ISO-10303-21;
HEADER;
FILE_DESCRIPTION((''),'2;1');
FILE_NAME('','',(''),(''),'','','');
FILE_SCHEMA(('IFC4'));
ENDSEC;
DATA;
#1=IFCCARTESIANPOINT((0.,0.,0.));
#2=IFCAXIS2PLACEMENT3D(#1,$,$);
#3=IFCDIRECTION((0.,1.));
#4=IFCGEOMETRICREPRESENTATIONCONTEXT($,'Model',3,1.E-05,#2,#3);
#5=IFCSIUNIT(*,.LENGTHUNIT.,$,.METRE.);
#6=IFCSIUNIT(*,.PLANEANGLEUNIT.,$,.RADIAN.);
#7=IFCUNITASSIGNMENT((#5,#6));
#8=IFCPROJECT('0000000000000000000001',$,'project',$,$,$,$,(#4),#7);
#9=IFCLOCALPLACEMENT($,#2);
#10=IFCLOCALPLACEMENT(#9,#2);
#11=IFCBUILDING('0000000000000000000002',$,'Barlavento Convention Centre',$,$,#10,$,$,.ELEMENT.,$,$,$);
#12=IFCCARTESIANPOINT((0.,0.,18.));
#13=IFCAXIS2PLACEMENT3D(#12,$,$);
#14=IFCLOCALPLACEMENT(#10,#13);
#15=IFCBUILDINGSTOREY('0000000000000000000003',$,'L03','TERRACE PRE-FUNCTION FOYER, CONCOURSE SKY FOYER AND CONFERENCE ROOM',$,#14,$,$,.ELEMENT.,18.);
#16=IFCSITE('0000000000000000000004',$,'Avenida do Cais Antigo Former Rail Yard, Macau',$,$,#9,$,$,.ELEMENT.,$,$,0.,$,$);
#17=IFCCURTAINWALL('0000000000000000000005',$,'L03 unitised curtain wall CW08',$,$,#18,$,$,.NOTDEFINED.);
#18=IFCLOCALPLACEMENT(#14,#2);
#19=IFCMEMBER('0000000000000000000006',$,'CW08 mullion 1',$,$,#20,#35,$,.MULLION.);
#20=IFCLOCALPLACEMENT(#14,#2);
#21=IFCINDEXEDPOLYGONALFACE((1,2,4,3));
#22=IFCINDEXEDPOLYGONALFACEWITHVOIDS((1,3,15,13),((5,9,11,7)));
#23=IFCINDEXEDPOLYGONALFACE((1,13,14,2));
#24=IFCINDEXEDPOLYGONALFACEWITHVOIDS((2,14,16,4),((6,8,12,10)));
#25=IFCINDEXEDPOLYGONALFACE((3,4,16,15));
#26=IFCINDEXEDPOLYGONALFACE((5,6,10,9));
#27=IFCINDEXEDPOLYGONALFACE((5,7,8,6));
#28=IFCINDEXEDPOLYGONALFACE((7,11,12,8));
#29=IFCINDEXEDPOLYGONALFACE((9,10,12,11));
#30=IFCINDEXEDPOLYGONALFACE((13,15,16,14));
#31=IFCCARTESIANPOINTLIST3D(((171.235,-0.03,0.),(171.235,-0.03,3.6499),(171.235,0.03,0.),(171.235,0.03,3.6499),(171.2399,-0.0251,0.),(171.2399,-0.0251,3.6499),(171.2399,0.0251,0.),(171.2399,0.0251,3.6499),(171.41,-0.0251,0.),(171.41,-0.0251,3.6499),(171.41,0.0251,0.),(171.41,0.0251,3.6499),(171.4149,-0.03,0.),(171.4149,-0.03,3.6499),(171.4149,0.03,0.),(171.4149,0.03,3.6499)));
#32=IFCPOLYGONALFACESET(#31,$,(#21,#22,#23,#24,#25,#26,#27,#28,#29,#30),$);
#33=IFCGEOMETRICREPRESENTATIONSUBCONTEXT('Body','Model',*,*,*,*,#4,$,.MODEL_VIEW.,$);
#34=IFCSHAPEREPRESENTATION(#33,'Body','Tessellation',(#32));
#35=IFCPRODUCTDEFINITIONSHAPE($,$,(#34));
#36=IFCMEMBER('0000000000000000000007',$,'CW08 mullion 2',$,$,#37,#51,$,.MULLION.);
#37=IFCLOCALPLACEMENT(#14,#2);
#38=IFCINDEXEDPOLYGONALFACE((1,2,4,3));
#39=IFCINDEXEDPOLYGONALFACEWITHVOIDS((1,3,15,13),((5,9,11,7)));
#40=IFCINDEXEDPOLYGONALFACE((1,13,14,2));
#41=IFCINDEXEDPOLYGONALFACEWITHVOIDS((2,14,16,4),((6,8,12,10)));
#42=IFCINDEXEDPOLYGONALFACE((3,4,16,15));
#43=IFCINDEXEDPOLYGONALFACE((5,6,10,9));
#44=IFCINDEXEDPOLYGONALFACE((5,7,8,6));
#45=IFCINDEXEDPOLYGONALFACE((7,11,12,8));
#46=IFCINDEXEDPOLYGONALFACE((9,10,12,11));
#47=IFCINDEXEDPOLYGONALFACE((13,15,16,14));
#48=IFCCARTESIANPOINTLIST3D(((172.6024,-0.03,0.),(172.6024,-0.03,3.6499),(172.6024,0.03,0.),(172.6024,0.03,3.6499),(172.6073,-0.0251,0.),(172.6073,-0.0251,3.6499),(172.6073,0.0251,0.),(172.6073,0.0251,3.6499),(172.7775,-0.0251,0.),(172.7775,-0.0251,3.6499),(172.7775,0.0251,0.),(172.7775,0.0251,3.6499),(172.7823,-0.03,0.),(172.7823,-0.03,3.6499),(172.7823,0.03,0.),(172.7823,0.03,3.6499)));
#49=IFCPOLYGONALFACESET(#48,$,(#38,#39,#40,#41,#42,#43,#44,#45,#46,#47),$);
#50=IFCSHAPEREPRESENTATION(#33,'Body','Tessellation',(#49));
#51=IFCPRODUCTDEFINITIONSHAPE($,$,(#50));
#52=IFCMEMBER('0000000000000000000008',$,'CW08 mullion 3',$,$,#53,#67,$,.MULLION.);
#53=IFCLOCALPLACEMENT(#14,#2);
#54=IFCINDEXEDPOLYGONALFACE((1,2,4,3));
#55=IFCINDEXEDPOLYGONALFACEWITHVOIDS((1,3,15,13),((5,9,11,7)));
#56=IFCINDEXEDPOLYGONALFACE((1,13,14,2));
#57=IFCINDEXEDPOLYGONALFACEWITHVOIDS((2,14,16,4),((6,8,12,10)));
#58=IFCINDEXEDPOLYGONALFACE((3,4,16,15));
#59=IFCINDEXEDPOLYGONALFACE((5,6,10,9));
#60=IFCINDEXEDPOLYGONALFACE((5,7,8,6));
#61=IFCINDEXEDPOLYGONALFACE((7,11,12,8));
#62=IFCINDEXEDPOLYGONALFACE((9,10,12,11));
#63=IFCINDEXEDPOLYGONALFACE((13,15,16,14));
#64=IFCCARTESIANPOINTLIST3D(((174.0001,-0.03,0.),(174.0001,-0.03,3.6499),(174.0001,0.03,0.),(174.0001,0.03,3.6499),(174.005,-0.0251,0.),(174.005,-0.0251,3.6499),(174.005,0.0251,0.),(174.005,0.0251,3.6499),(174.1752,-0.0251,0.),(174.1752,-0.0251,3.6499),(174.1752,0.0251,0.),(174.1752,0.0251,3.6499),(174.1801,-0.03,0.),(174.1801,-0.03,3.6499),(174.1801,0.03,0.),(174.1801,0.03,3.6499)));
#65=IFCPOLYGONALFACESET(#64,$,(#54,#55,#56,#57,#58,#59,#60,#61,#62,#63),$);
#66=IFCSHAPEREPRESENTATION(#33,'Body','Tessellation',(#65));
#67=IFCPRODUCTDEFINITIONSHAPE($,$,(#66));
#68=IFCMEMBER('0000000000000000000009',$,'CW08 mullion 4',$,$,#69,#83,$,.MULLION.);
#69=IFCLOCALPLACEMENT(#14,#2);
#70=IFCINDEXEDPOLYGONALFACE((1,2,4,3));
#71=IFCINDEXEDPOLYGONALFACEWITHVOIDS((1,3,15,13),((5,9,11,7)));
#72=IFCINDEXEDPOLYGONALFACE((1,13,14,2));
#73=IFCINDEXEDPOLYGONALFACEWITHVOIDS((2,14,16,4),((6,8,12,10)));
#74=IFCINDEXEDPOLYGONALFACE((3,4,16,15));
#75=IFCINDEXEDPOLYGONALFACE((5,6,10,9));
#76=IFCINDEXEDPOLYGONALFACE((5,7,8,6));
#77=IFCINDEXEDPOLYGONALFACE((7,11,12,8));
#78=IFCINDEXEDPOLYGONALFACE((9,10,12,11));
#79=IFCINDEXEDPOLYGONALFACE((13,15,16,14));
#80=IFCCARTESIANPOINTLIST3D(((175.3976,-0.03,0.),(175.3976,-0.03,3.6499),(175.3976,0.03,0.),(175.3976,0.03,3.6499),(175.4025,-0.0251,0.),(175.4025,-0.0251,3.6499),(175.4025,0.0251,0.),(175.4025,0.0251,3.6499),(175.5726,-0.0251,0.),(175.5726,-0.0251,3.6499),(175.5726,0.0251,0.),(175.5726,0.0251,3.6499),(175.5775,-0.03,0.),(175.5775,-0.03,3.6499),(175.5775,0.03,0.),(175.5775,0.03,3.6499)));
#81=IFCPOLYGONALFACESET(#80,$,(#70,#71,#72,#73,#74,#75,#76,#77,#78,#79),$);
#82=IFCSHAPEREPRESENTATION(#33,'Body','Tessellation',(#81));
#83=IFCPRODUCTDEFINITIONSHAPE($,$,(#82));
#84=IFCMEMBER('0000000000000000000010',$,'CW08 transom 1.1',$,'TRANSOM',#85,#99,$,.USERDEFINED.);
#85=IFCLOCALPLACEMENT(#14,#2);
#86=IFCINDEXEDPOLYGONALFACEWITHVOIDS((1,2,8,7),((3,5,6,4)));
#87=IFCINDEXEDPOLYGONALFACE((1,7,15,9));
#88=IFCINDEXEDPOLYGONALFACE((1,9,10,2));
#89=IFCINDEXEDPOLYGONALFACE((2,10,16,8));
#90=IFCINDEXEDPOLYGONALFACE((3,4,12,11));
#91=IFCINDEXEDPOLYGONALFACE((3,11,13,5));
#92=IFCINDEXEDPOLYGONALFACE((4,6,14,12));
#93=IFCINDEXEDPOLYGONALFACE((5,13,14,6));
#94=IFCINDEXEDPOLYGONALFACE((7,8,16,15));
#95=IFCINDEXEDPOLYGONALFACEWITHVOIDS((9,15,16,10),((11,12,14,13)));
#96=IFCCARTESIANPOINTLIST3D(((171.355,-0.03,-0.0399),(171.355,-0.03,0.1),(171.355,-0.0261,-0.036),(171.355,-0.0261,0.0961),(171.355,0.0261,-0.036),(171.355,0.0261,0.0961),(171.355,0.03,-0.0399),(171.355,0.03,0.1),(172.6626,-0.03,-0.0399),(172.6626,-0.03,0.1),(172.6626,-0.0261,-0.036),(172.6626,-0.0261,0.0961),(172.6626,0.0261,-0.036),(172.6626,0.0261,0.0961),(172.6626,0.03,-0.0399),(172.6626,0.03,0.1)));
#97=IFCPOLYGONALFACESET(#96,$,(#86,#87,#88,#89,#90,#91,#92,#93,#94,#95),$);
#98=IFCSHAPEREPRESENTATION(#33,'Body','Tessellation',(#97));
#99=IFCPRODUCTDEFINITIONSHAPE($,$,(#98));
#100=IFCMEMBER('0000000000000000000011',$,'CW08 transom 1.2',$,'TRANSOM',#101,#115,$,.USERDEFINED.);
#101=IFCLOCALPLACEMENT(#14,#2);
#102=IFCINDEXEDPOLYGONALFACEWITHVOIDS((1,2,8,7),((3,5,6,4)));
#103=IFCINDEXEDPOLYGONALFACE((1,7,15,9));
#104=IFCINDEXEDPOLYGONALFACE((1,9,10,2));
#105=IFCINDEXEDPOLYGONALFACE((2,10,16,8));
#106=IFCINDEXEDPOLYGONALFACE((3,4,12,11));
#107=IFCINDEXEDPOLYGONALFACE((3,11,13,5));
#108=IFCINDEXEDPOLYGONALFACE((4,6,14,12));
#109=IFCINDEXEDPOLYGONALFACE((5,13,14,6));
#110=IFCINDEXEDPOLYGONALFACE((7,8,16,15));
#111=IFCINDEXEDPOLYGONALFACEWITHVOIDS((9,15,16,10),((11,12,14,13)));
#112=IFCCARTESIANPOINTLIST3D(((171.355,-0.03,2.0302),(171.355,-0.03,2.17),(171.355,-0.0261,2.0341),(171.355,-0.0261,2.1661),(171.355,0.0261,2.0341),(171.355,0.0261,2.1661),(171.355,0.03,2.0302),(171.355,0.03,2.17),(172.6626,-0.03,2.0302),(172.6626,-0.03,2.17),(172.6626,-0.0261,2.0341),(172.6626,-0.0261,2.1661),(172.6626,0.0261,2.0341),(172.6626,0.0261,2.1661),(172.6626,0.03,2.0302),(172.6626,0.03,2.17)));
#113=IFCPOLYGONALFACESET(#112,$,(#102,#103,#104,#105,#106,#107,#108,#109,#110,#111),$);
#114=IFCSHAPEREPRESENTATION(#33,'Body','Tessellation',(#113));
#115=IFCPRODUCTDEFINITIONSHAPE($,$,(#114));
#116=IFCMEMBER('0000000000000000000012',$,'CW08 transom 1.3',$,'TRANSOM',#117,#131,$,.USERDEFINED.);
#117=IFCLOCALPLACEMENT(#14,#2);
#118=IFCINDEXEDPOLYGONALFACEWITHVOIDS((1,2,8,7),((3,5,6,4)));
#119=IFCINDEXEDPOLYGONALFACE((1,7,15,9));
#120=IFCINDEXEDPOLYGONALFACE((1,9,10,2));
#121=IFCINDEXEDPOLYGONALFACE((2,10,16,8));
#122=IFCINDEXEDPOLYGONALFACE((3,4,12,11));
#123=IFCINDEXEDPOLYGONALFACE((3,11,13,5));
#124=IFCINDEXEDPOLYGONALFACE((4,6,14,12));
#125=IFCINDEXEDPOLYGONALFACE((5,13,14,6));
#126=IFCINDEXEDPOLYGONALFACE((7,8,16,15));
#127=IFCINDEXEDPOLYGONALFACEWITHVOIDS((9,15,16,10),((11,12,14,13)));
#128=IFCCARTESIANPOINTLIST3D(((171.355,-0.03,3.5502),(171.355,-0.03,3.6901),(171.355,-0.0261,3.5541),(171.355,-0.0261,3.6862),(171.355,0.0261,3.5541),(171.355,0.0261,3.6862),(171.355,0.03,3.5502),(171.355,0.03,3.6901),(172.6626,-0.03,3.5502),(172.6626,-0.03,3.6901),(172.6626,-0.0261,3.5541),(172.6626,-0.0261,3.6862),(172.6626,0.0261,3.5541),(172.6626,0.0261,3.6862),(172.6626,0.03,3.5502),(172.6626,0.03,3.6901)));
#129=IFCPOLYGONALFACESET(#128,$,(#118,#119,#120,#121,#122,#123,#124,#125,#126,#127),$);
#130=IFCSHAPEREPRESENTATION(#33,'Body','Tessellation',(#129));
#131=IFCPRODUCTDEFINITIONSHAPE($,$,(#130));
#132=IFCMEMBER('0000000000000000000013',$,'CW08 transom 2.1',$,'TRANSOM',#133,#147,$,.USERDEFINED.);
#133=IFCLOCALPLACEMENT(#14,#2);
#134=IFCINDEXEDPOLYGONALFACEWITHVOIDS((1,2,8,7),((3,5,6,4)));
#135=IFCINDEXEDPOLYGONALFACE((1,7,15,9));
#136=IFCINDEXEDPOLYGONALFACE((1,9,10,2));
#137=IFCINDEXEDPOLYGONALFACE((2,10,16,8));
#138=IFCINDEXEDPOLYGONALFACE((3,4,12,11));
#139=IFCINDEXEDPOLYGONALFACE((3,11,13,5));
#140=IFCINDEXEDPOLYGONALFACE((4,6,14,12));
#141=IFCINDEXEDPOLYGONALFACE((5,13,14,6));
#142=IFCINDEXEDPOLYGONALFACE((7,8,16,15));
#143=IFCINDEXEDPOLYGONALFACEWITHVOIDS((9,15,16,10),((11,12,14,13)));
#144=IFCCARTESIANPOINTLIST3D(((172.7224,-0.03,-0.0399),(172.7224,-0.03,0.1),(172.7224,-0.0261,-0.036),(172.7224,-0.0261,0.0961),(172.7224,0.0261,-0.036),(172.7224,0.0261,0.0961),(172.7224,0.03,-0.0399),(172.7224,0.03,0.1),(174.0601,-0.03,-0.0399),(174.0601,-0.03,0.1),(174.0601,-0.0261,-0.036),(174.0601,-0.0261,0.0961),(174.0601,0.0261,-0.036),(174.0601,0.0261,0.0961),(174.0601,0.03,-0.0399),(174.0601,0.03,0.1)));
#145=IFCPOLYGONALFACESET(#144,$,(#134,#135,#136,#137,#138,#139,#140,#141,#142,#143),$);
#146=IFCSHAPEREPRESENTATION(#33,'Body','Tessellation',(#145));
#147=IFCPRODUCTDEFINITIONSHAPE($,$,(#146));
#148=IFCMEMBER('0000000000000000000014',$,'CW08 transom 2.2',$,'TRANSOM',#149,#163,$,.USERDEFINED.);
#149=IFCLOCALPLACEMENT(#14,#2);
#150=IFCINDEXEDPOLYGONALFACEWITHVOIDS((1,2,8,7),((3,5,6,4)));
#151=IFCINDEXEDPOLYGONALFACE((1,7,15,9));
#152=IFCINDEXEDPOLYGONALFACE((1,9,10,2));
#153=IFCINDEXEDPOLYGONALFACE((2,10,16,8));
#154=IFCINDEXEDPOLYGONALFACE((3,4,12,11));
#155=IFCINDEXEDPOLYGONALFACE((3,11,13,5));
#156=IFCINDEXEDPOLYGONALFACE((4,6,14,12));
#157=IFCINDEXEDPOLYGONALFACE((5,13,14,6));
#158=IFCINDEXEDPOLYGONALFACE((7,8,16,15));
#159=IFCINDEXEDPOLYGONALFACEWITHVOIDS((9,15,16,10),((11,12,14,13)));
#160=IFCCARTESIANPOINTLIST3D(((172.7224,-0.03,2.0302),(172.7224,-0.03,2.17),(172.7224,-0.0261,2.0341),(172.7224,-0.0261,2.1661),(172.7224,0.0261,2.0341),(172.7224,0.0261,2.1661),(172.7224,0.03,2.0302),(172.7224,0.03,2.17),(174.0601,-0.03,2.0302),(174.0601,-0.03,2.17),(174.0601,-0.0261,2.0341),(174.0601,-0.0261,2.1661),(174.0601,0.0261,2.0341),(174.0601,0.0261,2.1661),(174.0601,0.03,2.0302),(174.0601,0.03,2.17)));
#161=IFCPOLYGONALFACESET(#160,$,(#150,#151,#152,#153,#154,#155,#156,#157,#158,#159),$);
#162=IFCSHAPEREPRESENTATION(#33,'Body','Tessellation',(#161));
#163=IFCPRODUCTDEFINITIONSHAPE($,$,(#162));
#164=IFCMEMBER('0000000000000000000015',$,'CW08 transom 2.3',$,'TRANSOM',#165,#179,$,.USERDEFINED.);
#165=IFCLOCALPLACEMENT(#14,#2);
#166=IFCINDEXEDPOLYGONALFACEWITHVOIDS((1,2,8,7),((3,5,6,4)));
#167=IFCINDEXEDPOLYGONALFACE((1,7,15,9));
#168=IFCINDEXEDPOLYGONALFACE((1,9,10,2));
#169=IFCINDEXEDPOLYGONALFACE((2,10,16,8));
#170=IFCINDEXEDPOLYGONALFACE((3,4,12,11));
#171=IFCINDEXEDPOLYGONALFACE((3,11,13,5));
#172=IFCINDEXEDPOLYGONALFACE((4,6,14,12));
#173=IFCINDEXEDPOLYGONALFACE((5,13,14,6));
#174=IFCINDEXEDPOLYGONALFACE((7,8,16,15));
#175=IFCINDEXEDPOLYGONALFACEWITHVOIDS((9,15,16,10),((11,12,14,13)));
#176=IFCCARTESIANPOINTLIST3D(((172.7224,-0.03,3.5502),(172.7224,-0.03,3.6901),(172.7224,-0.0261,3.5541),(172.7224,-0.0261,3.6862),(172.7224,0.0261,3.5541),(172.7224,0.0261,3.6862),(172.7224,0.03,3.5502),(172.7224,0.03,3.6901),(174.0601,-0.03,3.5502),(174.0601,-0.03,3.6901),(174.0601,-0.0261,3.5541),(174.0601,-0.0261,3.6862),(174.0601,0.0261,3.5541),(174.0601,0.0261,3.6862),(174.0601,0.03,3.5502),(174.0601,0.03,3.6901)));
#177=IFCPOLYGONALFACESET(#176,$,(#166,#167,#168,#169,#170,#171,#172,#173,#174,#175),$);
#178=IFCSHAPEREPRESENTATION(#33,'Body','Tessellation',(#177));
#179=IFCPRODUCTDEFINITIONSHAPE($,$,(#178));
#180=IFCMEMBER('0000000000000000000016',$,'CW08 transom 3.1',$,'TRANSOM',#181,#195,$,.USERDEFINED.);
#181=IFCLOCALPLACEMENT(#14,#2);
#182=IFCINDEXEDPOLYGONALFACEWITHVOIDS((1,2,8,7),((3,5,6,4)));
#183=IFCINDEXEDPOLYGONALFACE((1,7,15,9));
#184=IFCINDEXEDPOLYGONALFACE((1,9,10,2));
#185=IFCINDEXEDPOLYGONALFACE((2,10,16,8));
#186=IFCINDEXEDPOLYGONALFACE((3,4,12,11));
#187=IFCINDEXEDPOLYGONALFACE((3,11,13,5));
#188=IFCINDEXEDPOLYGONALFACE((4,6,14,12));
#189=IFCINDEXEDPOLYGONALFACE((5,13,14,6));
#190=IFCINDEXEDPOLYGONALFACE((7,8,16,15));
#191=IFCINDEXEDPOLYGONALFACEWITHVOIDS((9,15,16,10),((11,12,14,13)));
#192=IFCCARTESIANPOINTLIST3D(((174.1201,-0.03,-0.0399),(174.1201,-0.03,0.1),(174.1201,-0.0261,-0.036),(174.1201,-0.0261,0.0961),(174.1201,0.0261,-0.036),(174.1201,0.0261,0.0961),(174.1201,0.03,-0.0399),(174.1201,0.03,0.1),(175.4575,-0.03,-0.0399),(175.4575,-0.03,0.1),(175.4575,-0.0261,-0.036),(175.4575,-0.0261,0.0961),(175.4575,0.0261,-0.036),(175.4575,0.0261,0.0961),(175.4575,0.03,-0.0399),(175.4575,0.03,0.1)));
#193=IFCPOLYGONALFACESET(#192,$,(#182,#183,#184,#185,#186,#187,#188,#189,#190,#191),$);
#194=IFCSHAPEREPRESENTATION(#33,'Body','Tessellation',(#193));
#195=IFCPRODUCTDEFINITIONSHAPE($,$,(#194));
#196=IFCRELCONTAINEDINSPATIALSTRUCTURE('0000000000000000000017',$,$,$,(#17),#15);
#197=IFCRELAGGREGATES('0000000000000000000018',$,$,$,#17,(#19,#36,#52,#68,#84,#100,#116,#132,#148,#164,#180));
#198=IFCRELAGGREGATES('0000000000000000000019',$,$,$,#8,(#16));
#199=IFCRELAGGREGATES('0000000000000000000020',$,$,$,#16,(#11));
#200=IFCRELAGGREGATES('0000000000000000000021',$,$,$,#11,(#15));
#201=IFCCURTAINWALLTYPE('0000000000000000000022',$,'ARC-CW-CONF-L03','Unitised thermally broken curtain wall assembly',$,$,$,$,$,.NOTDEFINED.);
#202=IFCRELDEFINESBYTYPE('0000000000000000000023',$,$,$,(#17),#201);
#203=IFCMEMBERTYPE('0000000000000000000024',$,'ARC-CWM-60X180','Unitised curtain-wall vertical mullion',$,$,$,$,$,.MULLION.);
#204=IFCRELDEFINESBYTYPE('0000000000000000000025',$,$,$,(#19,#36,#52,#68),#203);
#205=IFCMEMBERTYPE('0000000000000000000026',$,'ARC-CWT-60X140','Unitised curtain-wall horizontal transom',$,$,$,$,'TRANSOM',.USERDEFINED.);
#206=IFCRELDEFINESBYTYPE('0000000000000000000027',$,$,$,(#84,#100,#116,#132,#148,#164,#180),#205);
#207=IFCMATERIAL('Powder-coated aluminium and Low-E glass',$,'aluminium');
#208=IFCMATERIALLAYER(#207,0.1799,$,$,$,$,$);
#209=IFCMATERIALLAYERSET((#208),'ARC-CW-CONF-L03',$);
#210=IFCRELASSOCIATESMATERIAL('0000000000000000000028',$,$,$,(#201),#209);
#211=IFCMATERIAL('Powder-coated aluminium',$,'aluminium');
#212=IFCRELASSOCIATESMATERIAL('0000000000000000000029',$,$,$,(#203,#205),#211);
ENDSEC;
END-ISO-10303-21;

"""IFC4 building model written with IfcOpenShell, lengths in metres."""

from ifc_helpers import new_model, si_unit, direction, frame, origin, origin_2d, place, context, subcontext, project, spatial, hollow_rectangle, extrude, material, layer, layer_set, material_profile, profile_set, type_object, element, aggregate, save


model = new_model("IFC4")

# Units and contexts
model_context = context("Model", 3, precision=1e-05, world=origin(), true_north=direction((0.0, 1.0)))
body_context = subcontext(model_context, "Body", "Model", "MODEL_VIEW")
ifc_project = project(units=[si_unit("LENGTHUNIT", "METRE"), si_unit("PLANEANGLEUNIT", "RADIAN")], contexts=[model_context])

# Site, building, storey
site_placement = place(None, origin())
site = spatial("IfcSite", under=ifc_project, at=site_placement, Name="Avenida do Cais Antigo Former Rail Yard, Macau", CompositionType="ELEMENT", RefElevation=0.0)
building_placement = place(site_placement, origin())
building = spatial("IfcBuilding", under=site, at=building_placement, Name="Barlavento Convention Centre", CompositionType="ELEMENT")
storey_placement = place(building_placement, frame((0.0, 0.0, 18.0)))
storey = spatial("IfcBuildingStorey", under=building, at=storey_placement, Name="L03", Description="TERRACE PRE-FUNCTION FOYER, CONCOURSE SKY FOYER AND CONFERENCE ROOM", CompositionType="ELEMENT", Elevation=18.0)

# Curtain wall, members
ifc_material_1 = material(Name="Powder-coated aluminium and Low-E glass", Category="aluminium")
ifc_layer_1 = layer(ifc_material_1, 0.1799)
ifc_layer_set_1 = layer_set([ifc_layer_1], Name="ARC-CW-CONF-L03")
curtain_wall_type = type_object("IfcCurtainWallType", Name="ARC-CW-CONF-L03", Description="Unitised thermally broken curtain wall assembly", PredefinedType="NOTDEFINED", material=ifc_layer_set_1)
curtain_wall_placement = place(storey_placement, origin())
curtain_wall = element("IfcCurtainWall", 1, at=curtain_wall_placement, inside=storey, type_object=curtain_wall_type, Name="L03 unitised curtain wall CW08", PredefinedType="NOTDEFINED")
ifc_material_2 = material(Name="Powder-coated aluminium", Category="aluminium")
ifc_material_profile_1 = material_profile(ifc_material_2, hollow_rectangle(XDim=0.0601, YDim=0.1799, WallThickness=0.0049, at=origin_2d()), Name="AL-MULL 60x180x5")
ifc_profile_set_1 = profile_set([ifc_material_profile_1], Name="Powder-coated aluminium")
member_type_1 = type_object("IfcMemberType", Name="ARC-CWM-60X180", Description="Unitised curtain-wall vertical mullion", PredefinedType="MULLION", material=ifc_profile_set_1)
member_1_placement = place(storey_placement, frame((171.325, 0.0, 0.0), z_axis=(0.0, 0.0, 1.0), x_axis=(0.0, 1.0, 0.0)))
member_1 = element("IfcMember", 2, at=member_1_placement, type_object=member_type_1, Name="CW08 mullion 1", PredefinedType="MULLION", context=body_context, shape_type="SweptSolid", body=[
    extrude(hollow_rectangle(XDim=0.0601, YDim=0.1799, WallThickness=0.0049, at=origin_2d()), origin(), (0.0, 0.0, 1.0), 3.6499),
])
member_2_placement = place(storey_placement, frame((172.6924, 0.0, 0.0), z_axis=(0.0, 0.0, 1.0), x_axis=(0.0, 1.0, 0.0)))
member_2 = element("IfcMember", 3, at=member_2_placement, type_object=member_type_1, Name="CW08 mullion 2", PredefinedType="MULLION", context=body_context, shape_type="SweptSolid", body=[
    extrude(hollow_rectangle(XDim=0.0601, YDim=0.1799, WallThickness=0.0049, at=origin_2d()), origin(), (0.0, 0.0, 1.0), 3.6499),
])
member_3_placement = place(storey_placement, frame((174.0901, 0.0, 0.0), z_axis=(0.0, 0.0, 1.0), x_axis=(0.0, 1.0, 0.0)))
member_3 = element("IfcMember", 4, at=member_3_placement, type_object=member_type_1, Name="CW08 mullion 3", PredefinedType="MULLION", context=body_context, shape_type="SweptSolid", body=[
    extrude(hollow_rectangle(XDim=0.0601, YDim=0.1799, WallThickness=0.0049, at=origin_2d()), origin(), (0.0, 0.0, 1.0), 3.6499),
])
member_4_placement = place(storey_placement, frame((175.4875, 0.0, 0.0), z_axis=(0.0, 0.0, 1.0), x_axis=(0.0, 1.0, 0.0)))
member_4 = element("IfcMember", 5, at=member_4_placement, type_object=member_type_1, Name="CW08 mullion 4", PredefinedType="MULLION", context=body_context, shape_type="SweptSolid", body=[
    extrude(hollow_rectangle(XDim=0.0601, YDim=0.1799, WallThickness=0.0049, at=origin_2d()), origin(), (0.0, 0.0, 1.0), 3.6499),
])
ifc_material_profile_2 = material_profile(ifc_material_2, hollow_rectangle(XDim=0.0601, YDim=0.1399, WallThickness=0.0039, at=origin_2d()), Name="AL-TRAN 60x140x4")
ifc_profile_set_2 = profile_set([ifc_material_profile_2], Name="Powder-coated aluminium")
member_type_2 = type_object("IfcMemberType", Name="ARC-CWT-60X140", Description="Unitised curtain-wall horizontal transom", ElementType="TRANSOM", PredefinedType="USERDEFINED", material=ifc_profile_set_2)
member_5_placement = place(storey_placement, frame((171.355, 0.0, 0.03), z_axis=(1.0, 0.0, 0.0), x_axis=(0.0, 1.0, 0.0)))
member_5 = element("IfcMember", 6, at=member_5_placement, type_object=member_type_2, Name="CW08 transom 1.1", ObjectType="TRANSOM", PredefinedType="USERDEFINED", context=body_context, shape_type="SweptSolid", body=[
    extrude(hollow_rectangle(XDim=0.0601, YDim=0.1399, WallThickness=0.0039, at=origin_2d()), origin(), (0.0, 0.0, 1.0), 1.3076),
])
member_6_placement = place(storey_placement, frame((171.355, 0.0, 2.1001), z_axis=(1.0, 0.0, 0.0), x_axis=(0.0, 1.0, 0.0)))
member_6 = element("IfcMember", 7, at=member_6_placement, type_object=member_type_2, Name="CW08 transom 1.2", ObjectType="TRANSOM", PredefinedType="USERDEFINED", context=body_context, shape_type="SweptSolid", body=[
    extrude(hollow_rectangle(XDim=0.0601, YDim=0.1399, WallThickness=0.0039, at=origin_2d()), origin(), (0.0, 0.0, 1.0), 1.3076),
])
member_7_placement = place(storey_placement, frame((171.355, 0.0, 3.6201), z_axis=(1.0, 0.0, 0.0), x_axis=(0.0, 1.0, 0.0)))
member_7 = element("IfcMember", 8, at=member_7_placement, type_object=member_type_2, Name="CW08 transom 1.3", ObjectType="TRANSOM", PredefinedType="USERDEFINED", context=body_context, shape_type="SweptSolid", body=[
    extrude(hollow_rectangle(XDim=0.0601, YDim=0.1399, WallThickness=0.0039, at=origin_2d()), origin(), (0.0, 0.0, 1.0), 1.3076),
])
member_8_placement = place(storey_placement, frame((172.7224, 0.0, 0.03), z_axis=(1.0, 0.0, 0.0), x_axis=(0.0, 1.0, 0.0)))
member_8 = element("IfcMember", 9, at=member_8_placement, type_object=member_type_2, Name="CW08 transom 2.1", ObjectType="TRANSOM", PredefinedType="USERDEFINED", context=body_context, shape_type="SweptSolid", body=[
    extrude(hollow_rectangle(XDim=0.0601, YDim=0.1399, WallThickness=0.0039, at=origin_2d()), origin(), (0.0, 0.0, 1.0), 1.3376),
])
member_9_placement = place(storey_placement, frame((172.7224, 0.0, 2.1001), z_axis=(1.0, 0.0, 0.0), x_axis=(0.0, 1.0, 0.0)))
member_9 = element("IfcMember", 10, at=member_9_placement, type_object=member_type_2, Name="CW08 transom 2.2", ObjectType="TRANSOM", PredefinedType="USERDEFINED", context=body_context, shape_type="SweptSolid", body=[
    extrude(hollow_rectangle(XDim=0.0601, YDim=0.1399, WallThickness=0.0039, at=origin_2d()), origin(), (0.0, 0.0, 1.0), 1.3376),
])
member_10_placement = place(storey_placement, frame((172.7224, 0.0, 3.6201), z_axis=(1.0, 0.0, 0.0), x_axis=(0.0, 1.0, 0.0)))
member_10 = element("IfcMember", 11, at=member_10_placement, type_object=member_type_2, Name="CW08 transom 2.3", ObjectType="TRANSOM", PredefinedType="USERDEFINED", context=body_context, shape_type="SweptSolid", body=[
    extrude(hollow_rectangle(XDim=0.0601, YDim=0.1399, WallThickness=0.0039, at=origin_2d()), origin(), (0.0, 0.0, 1.0), 1.3376),
])
member_11_placement = place(storey_placement, frame((174.1201, 0.0, 0.03), z_axis=(1.0, 0.0, 0.0), x_axis=(0.0, 1.0, 0.0)))
member_11 = element("IfcMember", 12, at=member_11_placement, type_object=member_type_2, Name="CW08 transom 3.1", ObjectType="TRANSOM", PredefinedType="USERDEFINED", context=body_context, shape_type="SweptSolid", body=[
    extrude(hollow_rectangle(XDim=0.0601, YDim=0.1399, WallThickness=0.0039, at=origin_2d()), origin(), (0.0, 0.0, 1.0), 1.3374),
])

aggregate(curtain_wall, [member_1, member_2, member_3, member_4, member_5, member_6, member_7, member_8, member_9, member_10, member_11])

save(model, "model.ifc")
